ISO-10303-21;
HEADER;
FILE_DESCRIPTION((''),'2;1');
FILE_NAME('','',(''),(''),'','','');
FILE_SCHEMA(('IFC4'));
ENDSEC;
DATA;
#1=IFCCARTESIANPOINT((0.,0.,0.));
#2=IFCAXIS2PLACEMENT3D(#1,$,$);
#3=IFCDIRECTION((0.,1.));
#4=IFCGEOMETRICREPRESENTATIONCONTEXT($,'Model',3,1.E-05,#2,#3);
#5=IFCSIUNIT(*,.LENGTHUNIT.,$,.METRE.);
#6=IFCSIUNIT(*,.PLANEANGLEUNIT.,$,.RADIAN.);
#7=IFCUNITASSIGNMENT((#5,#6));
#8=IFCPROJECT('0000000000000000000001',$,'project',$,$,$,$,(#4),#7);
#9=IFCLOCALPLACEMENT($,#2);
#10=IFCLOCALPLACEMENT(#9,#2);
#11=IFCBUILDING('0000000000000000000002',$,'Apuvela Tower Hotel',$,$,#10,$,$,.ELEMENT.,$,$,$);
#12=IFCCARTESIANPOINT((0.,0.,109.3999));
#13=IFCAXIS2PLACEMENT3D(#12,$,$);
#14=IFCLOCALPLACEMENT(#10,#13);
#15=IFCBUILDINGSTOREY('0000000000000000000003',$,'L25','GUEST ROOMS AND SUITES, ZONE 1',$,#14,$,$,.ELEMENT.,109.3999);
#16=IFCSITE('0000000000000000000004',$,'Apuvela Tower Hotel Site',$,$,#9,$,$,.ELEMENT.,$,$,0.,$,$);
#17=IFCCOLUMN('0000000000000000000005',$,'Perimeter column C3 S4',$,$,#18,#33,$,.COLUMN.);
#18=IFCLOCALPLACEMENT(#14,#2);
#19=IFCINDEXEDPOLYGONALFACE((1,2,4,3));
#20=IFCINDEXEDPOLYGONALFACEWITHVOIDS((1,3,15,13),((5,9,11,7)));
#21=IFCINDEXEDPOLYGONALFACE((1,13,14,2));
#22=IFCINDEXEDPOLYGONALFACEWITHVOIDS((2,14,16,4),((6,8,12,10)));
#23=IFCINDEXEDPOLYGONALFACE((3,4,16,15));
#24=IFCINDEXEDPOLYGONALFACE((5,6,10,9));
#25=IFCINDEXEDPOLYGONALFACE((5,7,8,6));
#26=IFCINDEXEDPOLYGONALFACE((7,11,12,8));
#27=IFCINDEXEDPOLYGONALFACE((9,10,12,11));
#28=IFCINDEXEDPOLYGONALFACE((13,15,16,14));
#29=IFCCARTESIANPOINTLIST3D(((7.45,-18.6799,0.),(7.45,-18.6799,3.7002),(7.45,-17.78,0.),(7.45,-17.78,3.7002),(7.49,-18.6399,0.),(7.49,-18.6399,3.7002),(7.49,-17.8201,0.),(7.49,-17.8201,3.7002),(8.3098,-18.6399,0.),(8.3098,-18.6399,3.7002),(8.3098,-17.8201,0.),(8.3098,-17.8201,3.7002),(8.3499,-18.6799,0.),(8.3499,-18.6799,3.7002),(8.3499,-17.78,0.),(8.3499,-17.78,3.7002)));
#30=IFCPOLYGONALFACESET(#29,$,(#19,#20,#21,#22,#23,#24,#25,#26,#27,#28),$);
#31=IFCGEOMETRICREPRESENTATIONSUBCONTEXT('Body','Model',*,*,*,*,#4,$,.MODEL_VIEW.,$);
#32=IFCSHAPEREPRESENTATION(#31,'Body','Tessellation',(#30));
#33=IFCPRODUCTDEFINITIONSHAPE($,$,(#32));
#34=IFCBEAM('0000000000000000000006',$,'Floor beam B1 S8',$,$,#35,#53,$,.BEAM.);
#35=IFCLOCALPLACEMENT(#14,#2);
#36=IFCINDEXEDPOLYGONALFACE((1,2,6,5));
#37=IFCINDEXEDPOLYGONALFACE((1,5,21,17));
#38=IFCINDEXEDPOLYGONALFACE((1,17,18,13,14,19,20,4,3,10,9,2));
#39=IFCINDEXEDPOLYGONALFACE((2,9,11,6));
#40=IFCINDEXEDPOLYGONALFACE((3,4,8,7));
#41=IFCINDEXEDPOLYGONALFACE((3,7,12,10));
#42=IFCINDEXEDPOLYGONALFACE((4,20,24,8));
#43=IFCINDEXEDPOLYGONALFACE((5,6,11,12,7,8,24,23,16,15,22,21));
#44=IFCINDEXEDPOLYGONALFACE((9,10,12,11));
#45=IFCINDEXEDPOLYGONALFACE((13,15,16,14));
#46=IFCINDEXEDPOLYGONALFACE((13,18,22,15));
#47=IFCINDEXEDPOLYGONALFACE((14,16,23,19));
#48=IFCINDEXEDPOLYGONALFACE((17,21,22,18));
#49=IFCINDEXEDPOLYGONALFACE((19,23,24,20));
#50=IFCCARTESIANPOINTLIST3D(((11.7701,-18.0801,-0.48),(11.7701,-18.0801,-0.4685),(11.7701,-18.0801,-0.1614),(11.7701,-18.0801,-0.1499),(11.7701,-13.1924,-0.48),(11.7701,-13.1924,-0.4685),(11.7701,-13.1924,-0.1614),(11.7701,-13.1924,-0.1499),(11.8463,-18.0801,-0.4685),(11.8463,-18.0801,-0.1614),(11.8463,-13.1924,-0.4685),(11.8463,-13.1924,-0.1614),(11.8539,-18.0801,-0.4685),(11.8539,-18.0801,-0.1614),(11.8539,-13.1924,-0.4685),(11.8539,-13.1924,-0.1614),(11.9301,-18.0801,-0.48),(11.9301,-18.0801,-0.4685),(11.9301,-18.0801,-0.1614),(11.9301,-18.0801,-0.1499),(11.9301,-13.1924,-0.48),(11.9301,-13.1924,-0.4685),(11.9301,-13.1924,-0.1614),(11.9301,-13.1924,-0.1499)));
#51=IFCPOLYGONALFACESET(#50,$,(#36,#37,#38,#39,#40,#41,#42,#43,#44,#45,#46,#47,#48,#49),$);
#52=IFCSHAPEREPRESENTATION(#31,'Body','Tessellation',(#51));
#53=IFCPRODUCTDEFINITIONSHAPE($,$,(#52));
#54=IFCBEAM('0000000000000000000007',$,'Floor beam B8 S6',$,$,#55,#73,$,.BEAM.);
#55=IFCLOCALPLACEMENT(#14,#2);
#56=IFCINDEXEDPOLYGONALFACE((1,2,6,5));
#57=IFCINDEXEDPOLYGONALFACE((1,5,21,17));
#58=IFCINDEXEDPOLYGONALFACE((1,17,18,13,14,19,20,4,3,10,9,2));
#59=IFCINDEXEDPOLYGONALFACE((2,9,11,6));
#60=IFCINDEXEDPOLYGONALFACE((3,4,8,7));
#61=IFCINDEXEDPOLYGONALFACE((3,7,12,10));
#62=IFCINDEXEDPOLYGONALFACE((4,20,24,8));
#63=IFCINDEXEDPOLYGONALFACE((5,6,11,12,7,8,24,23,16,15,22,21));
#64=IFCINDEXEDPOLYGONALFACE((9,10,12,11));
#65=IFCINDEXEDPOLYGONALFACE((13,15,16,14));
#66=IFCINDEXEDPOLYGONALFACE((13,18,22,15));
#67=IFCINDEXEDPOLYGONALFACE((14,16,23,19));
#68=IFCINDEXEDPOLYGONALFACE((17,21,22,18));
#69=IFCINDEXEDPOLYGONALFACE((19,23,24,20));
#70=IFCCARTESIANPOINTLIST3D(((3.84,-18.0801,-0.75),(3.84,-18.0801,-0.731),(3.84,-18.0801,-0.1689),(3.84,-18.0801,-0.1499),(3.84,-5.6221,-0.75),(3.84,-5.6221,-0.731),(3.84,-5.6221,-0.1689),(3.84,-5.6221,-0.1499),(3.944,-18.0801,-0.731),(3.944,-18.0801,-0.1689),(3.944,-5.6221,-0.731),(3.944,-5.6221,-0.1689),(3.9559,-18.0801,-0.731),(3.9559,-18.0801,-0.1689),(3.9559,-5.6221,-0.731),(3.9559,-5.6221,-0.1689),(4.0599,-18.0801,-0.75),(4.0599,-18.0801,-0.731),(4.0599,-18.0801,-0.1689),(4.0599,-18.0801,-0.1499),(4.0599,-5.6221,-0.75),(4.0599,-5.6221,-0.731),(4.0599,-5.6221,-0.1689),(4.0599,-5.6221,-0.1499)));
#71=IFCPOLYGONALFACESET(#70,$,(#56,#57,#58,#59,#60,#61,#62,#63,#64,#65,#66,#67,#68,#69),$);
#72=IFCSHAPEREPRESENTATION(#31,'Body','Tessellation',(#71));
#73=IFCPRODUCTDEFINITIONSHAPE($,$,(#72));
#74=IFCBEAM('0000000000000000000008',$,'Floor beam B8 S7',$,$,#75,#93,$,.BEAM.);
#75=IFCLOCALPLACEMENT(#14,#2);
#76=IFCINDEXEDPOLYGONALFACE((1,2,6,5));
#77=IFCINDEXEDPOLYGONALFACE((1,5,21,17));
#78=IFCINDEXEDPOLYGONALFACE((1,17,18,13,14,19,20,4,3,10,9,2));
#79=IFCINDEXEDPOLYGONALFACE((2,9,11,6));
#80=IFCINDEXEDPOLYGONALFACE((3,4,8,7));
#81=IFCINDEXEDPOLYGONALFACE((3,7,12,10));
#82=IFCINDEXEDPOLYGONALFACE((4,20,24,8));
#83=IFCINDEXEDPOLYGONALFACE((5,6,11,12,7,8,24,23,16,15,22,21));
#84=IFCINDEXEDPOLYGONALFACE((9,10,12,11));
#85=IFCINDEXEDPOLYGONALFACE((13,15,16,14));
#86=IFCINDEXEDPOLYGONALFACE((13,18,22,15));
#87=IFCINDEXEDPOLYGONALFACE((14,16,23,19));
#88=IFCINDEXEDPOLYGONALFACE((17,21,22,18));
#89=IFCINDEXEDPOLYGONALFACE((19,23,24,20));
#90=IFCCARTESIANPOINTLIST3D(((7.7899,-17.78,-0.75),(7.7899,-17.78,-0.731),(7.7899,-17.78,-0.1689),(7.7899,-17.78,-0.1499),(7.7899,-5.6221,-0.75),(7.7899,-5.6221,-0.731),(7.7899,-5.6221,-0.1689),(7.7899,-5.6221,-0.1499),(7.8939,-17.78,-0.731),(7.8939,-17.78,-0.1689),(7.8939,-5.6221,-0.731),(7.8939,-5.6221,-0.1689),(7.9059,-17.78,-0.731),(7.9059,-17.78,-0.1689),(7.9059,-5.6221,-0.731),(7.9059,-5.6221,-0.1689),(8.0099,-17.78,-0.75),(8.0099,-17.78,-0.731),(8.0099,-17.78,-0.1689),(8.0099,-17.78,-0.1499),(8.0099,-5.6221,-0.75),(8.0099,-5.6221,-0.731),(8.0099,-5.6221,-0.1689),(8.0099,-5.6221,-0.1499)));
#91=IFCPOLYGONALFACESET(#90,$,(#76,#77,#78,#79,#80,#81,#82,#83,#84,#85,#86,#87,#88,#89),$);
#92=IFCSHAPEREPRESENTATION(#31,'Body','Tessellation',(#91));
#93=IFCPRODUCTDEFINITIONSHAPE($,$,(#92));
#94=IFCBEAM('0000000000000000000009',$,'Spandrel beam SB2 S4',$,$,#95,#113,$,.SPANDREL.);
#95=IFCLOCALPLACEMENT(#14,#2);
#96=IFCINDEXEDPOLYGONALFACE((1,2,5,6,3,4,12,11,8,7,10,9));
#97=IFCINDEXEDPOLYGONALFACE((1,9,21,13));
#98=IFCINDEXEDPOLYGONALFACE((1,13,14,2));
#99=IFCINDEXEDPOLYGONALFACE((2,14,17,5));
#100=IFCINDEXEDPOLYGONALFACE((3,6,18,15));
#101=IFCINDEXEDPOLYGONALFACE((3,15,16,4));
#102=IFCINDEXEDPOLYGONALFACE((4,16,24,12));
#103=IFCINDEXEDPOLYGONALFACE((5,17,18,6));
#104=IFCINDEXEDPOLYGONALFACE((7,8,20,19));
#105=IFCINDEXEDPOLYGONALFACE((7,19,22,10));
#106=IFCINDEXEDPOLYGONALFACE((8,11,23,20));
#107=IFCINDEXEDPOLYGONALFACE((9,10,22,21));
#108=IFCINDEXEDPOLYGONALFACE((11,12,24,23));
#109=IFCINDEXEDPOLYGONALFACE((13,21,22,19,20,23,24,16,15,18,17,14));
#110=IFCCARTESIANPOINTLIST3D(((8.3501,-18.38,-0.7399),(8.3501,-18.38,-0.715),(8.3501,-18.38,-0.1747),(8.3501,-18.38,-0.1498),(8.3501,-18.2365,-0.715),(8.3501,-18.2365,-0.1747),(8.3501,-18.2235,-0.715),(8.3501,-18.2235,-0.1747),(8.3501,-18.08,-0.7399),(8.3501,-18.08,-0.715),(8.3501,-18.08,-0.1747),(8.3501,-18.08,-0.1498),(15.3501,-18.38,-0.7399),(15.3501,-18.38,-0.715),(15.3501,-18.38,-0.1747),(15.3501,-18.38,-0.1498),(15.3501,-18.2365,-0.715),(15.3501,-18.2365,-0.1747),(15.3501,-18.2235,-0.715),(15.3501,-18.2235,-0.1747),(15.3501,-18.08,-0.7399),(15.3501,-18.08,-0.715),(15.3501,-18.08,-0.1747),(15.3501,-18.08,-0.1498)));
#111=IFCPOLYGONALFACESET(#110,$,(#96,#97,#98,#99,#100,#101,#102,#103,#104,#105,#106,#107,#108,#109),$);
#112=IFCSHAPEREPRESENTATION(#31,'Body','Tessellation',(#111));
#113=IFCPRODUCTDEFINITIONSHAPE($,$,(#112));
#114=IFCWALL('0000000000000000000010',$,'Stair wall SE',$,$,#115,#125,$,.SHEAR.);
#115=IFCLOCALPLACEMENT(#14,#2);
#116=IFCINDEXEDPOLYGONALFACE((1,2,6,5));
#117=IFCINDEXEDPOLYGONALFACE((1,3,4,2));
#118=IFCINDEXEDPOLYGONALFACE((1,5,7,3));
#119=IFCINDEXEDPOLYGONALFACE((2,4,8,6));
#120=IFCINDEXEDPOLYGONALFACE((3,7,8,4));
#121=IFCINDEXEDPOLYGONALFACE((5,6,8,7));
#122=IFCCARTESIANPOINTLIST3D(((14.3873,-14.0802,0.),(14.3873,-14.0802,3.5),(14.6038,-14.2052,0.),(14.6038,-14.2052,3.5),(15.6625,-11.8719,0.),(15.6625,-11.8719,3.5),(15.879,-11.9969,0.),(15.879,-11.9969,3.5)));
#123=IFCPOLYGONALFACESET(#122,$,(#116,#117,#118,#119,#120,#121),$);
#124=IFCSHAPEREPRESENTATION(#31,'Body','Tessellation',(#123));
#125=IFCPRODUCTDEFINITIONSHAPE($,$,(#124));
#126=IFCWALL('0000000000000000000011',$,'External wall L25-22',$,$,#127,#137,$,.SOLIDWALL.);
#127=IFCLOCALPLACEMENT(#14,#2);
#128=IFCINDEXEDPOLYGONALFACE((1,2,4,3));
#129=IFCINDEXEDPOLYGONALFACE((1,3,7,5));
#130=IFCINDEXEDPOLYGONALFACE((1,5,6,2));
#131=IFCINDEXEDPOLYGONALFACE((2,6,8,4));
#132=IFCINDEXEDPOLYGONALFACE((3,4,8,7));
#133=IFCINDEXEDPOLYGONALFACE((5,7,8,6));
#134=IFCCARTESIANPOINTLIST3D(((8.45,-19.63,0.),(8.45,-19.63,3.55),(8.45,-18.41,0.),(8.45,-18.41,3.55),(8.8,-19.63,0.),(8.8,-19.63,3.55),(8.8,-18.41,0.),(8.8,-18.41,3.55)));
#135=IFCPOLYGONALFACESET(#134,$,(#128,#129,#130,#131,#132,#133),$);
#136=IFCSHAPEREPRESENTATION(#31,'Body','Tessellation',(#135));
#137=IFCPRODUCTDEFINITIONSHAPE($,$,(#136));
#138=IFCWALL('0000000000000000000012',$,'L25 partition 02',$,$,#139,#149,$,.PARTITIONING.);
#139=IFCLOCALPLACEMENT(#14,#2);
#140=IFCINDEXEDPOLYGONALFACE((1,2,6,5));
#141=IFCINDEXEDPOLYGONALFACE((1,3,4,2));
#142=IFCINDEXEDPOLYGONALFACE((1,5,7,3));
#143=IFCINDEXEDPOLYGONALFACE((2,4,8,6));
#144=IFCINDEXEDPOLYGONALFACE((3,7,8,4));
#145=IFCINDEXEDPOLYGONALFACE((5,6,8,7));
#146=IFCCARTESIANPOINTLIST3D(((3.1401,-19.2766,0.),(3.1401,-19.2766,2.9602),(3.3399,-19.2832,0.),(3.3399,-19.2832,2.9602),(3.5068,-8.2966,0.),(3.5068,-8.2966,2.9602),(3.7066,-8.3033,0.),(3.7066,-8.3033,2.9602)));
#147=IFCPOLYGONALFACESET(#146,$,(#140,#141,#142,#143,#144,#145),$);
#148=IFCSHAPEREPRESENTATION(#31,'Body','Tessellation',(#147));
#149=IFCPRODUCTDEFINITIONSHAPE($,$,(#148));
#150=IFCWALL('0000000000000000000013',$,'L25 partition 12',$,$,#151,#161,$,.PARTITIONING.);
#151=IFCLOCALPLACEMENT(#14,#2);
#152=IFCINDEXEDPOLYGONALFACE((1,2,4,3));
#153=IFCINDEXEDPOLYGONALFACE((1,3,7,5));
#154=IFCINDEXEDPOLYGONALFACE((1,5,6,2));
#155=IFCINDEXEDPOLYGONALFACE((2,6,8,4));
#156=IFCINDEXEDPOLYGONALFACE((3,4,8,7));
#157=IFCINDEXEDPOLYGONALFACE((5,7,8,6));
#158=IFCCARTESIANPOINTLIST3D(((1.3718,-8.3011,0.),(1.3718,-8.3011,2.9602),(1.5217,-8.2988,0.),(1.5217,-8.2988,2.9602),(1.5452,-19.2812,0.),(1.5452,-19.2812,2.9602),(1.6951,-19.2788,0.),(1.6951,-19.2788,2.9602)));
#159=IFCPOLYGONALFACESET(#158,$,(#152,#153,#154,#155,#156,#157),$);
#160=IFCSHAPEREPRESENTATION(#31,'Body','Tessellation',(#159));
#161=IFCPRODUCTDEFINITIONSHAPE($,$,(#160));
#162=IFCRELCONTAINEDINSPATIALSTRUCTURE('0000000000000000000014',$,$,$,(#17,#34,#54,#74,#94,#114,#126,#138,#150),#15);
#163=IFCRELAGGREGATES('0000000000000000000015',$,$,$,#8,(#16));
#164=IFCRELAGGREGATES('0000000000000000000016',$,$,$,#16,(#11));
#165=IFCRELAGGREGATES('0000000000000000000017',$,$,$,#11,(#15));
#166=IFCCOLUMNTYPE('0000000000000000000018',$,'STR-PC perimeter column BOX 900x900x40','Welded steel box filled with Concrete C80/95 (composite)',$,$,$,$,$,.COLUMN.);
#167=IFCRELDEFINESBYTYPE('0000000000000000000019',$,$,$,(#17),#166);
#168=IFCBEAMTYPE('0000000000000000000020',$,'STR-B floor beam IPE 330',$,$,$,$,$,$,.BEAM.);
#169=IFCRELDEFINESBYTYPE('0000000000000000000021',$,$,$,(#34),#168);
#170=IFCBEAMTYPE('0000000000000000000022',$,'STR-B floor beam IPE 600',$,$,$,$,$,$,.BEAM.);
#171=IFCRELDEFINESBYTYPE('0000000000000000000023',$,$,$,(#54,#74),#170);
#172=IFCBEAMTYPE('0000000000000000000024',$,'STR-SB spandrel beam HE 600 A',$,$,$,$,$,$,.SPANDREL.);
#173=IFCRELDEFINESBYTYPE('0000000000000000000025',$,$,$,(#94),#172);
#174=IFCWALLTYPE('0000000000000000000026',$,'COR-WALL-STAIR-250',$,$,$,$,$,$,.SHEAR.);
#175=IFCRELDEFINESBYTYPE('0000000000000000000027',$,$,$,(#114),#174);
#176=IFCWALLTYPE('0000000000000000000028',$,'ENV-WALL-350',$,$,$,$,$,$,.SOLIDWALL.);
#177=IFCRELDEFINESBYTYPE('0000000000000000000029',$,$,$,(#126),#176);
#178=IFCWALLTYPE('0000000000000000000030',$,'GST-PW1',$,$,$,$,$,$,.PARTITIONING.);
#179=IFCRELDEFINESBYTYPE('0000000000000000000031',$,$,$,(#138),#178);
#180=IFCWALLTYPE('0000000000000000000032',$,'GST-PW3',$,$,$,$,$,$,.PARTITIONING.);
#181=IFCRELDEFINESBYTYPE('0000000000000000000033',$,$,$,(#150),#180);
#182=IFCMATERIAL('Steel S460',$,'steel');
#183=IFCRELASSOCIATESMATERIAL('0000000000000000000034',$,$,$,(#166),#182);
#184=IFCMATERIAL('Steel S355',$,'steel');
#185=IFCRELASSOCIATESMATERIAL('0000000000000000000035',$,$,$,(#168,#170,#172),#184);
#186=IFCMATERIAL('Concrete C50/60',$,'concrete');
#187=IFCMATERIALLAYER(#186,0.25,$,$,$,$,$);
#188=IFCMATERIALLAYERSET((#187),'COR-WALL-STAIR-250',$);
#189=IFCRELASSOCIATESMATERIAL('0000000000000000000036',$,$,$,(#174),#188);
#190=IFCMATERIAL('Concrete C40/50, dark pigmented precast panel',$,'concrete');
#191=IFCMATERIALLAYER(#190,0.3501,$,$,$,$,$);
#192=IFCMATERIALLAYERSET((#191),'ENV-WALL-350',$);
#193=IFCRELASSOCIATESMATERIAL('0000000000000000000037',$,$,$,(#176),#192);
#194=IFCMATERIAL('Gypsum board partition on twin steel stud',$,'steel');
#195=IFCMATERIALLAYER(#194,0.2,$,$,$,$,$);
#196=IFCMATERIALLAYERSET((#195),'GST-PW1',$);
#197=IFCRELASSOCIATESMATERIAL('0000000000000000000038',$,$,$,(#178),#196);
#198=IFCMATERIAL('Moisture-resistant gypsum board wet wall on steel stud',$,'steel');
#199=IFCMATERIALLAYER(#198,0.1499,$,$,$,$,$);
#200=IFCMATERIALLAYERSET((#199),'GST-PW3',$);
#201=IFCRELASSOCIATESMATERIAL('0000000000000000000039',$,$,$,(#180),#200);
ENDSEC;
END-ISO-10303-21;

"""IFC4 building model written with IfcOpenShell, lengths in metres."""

from ifc_helpers import new_model, si_unit, direction, frame, frame_2d, origin, origin_2d, place, context, subcontext, project, spatial, rectangle, hollow_rectangle, i_section, extrude, material, layer, layer_set, material_profile, profile_set, type_object, element, save


model = new_model("IFC4")

# Units and contexts
model_context = context("Model", 3, precision=1e-05, world=origin(), true_north=direction((0.0, 1.0)))
body_context = subcontext(model_context, "Body", "Model", "MODEL_VIEW")
ifc_project = project(units=[si_unit("LENGTHUNIT", "METRE"), si_unit("PLANEANGLEUNIT", "RADIAN")], contexts=[model_context])

# Site, building, storey
site_placement = place(None, origin())
site = spatial("IfcSite", under=ifc_project, at=site_placement, Name="Apuvela Tower Hotel Site", CompositionType="ELEMENT", RefElevation=0.0)
building_placement = place(site_placement, origin())
building = spatial("IfcBuilding", under=site, at=building_placement, Name="Apuvela Tower Hotel", CompositionType="ELEMENT")
storey_placement = place(building_placement, frame((0.0, 0.0, 109.3999)))
storey = spatial("IfcBuildingStorey", under=building, at=storey_placement, Name="L25", Description="GUEST ROOMS AND SUITES, ZONE 1", CompositionType="ELEMENT", Elevation=109.3999)

# Column
ifc_material_1 = material(Name="Steel S460", Category="steel")
ifc_material_profile_1 = material_profile(ifc_material_1, hollow_rectangle(XDim=0.8999, YDim=0.8999, WallThickness=0.04, at=origin_2d()), Name="BOX 900x900x40")
ifc_material_2 = material(Name="Concrete C80/95", Category="concrete")
ifc_material_profile_2 = material_profile(ifc_material_2, rectangle(XDim=0.8201, YDim=0.8201, at=origin_2d()), Name="Concrete C80/95 infill")
ifc_profile_set_1 = profile_set([ifc_material_profile_1, ifc_material_profile_2], Name="Steel S460")
column_type = type_object("IfcColumnType", Name="STR-PC perimeter column BOX 900x900x40", Description="Welded steel box filled with Concrete C80/95 (composite)", PredefinedType="COLUMN", material=ifc_profile_set_1)
column_placement = place(storey_placement, frame((7.8999, -18.23, 0.0), z_axis=(0.0, 0.0, 1.0), x_axis=(-1.0, 0.0, 0.0)))
element("IfcColumn", 1, at=column_placement, inside=storey, type_object=column_type, Name="Perimeter column C3 S4", PredefinedType="COLUMN", context=body_context, shape_type="SweptSolid", body=[
    extrude(hollow_rectangle(XDim=0.8999, YDim=0.8999, WallThickness=0.04, at=origin_2d()), origin(), (0.0, 0.0, 1.0), 3.7002),
])

# Beams
ifc_material_3 = material(Name="Steel S355", Category="steel")
ifc_material_profile_3 = material_profile(ifc_material_3, i_section(OverallWidth=0.1599, OverallDepth=0.3301, WebThickness=0.0076, FlangeThickness=0.0115, at=origin_2d()), Name="IPE 330")
ifc_profile_set_2 = profile_set([ifc_material_profile_3], Name="Steel S355")
beam_type_1 = type_object("IfcBeamType", Name="STR-B floor beam IPE 330", PredefinedType="BEAM", material=ifc_profile_set_2)
beam_1_placement = place(storey_placement, frame((11.8501, -18.0801, -0.3149), z_axis=(0.0, 1.0, 0.0), x_axis=(-1.0, 0.0, 0.0)))
element("IfcBeam", 2, at=beam_1_placement, inside=storey, type_object=beam_type_1, Name="Floor beam B1 S8", PredefinedType="BEAM", context=body_context, shape_type="SweptSolid", body=[
    extrude(i_section(OverallWidth=0.1599, OverallDepth=0.3301, WebThickness=0.0076, FlangeThickness=0.0115, at=origin_2d()), origin(), (0.0, 0.0, 1.0), 4.8877),
])
ifc_material_profile_4 = material_profile(ifc_material_3, i_section(OverallWidth=0.22, OverallDepth=0.6001, WebThickness=0.012, FlangeThickness=0.019, at=origin_2d()), Name="IPE 600")
ifc_profile_set_3 = profile_set([ifc_material_profile_4], Name="Steel S355")
beam_type_2 = type_object("IfcBeamType", Name="STR-B floor beam IPE 600", PredefinedType="BEAM", material=ifc_profile_set_3)
beam_2_placement = place(storey_placement, frame((3.95, -18.0801, -0.45), z_axis=(0.0, 1.0, 0.0), x_axis=(-1.0, 0.0, 0.0)))
element("IfcBeam", 3, at=beam_2_placement, inside=storey, type_object=beam_type_2, Name="Floor beam B8 S6", PredefinedType="BEAM", context=body_context, shape_type="SweptSolid", body=[
    extrude(i_section(OverallWidth=0.22, OverallDepth=0.6001, WebThickness=0.012, FlangeThickness=0.019, at=origin_2d()), origin(), (0.0, 0.0, 1.0), 12.458),
])
beam_3_placement = place(storey_placement, frame((7.8999, -17.78, -0.45), z_axis=(0.0, 1.0, 0.0), x_axis=(-1.0, 0.0, 0.0)))
element("IfcBeam", 4, at=beam_3_placement, inside=storey, type_object=beam_type_2, Name="Floor beam B8 S7", PredefinedType="BEAM", context=body_context, shape_type="SweptSolid", body=[
    extrude(i_section(OverallWidth=0.22, OverallDepth=0.6001, WebThickness=0.012, FlangeThickness=0.019, at=origin_2d()), origin(), (0.0, 0.0, 1.0), 12.158),
])
ifc_material_profile_5 = material_profile(ifc_material_3, i_section(OverallWidth=0.3, OverallDepth=0.5901, WebThickness=0.0129, FlangeThickness=0.0249, at=origin_2d()), Name="HE 600 A")
ifc_profile_set_4 = profile_set([ifc_material_profile_5], Name="Steel S355")
beam_type_3 = type_object("IfcBeamType", Name="STR-SB spandrel beam HE 600 A", PredefinedType="SPANDREL", material=ifc_profile_set_4)
beam_4_placement = place(storey_placement, frame((8.3501, -18.23, -0.4448), z_axis=(1.0, 0.0, 0.0), x_axis=(0.0, 1.0, 0.0)))
element("IfcBeam", 5, at=beam_4_placement, inside=storey, type_object=beam_type_3, Name="Spandrel beam SB2 S4", PredefinedType="SPANDREL", context=body_context, shape_type="SweptSolid", body=[
    extrude(i_section(OverallWidth=0.3, OverallDepth=0.5901, WebThickness=0.0129, FlangeThickness=0.0249, at=origin_2d()), origin(), (0.0, 0.0, 1.0), 7.0),
])

# Walls
ifc_material_4 = material(Name="Concrete C50/60", Category="concrete")
ifc_layer_1 = layer(ifc_material_4, 0.25)
ifc_layer_set_1 = layer_set([ifc_layer_1], Name="COR-WALL-STAIR-250")
wall_type_1 = type_object("IfcWallType", Name="COR-WALL-STAIR-250", PredefinedType="SHEAR", material=ifc_layer_set_1)
wall_1_placement = place(storey_placement, frame((14.4956, -14.1426, 0.0), z_axis=(0.0, 0.0, 1.0), x_axis=(0.500062, 0.865989, 0.0)))
element("IfcWall", 6, at=wall_1_placement, inside=storey, type_object=wall_type_1, Name="Stair wall SE", PredefinedType="SHEAR", context=body_context, shape_type="SweptSolid", body=[
    extrude(rectangle(XDim=2.55, YDim=0.25, at=frame_2d((1.2749, 0.0))), origin(), (0.0, 0.0, 1.0), 3.5),
])
ifc_material_5 = material(Name="Concrete C40/50, dark pigmented precast panel", Category="concrete")
ifc_layer_2 = layer(ifc_material_5, 0.3501)
ifc_layer_set_2 = layer_set([ifc_layer_2], Name="ENV-WALL-350")
wall_type_2 = type_object("IfcWallType", Name="ENV-WALL-350", PredefinedType="SOLIDWALL", material=ifc_layer_set_2)
wall_2_placement = place(storey_placement, frame((8.625, -19.6299, 0.0), z_axis=(0.0, 0.0, 1.0), x_axis=(0.0, 1.0, 0.0)))
element("IfcWall", 7, at=wall_2_placement, inside=storey, type_object=wall_type_2, Name="External wall L25-22", PredefinedType="SOLIDWALL", context=body_context, shape_type="SweptSolid", body=[
    extrude(rectangle(XDim=1.22, YDim=0.3501, at=frame_2d((0.6099, 0.0))), origin(), (0.0, 0.0, 1.0), 3.55),
])

# Walls
ifc_material_6 = material(Name="Gypsum board partition on twin steel stud", Category="steel")
ifc_layer_3 = layer(ifc_material_6, 0.2)
ifc_layer_set_3 = layer_set([ifc_layer_3], Name="GST-PW1")
wall_type_3 = type_object("IfcWallType", Name="GST-PW1", PredefinedType="PARTITIONING", material=ifc_layer_set_3)
wall_3_placement = place(storey_placement, frame((3.24, -19.28, 0.0), z_axis=(0.0, 0.0, 1.0), x_axis=(0.033378, 0.999443, 0.0)))
element("IfcWall", 8, at=wall_3_placement, inside=storey, type_object=wall_type_3, Name="L25 partition 02", PredefinedType="PARTITIONING", context=body_context, shape_type="SweptSolid", body=[
    extrude(rectangle(XDim=10.9861, YDim=0.2, at=frame_2d((5.4932, 0.0))), origin(), (0.0, 0.0, 1.0), 2.9602),
])
ifc_material_7 = material(Name="Moisture-resistant gypsum board wet wall on steel stud", Category="steel")
ifc_layer_4 = layer(ifc_material_7, 0.1499)
ifc_layer_set_4 = layer_set([ifc_layer_4], Name="GST-PW3")
wall_type_4 = type_object("IfcWallType", Name="GST-PW3", PredefinedType="PARTITIONING", material=ifc_layer_set_4)
wall_4_placement = place(storey_placement, frame((1.6201, -19.28, 0.0), z_axis=(0.0, 0.0, 1.0), x_axis=(-0.015785, 0.999875, 0.0)))
element("IfcWall", 9, at=wall_4_placement, inside=storey, type_object=wall_type_4, Name="L25 partition 12", PredefinedType="PARTITIONING", context=body_context, shape_type="SweptSolid", body=[
    extrude(rectangle(XDim=10.9814, YDim=0.1499, at=frame_2d((5.4907, 0.0))), origin(), (0.0, 0.0, 1.0), 2.9602),
])

save(model, "model.ifc")
